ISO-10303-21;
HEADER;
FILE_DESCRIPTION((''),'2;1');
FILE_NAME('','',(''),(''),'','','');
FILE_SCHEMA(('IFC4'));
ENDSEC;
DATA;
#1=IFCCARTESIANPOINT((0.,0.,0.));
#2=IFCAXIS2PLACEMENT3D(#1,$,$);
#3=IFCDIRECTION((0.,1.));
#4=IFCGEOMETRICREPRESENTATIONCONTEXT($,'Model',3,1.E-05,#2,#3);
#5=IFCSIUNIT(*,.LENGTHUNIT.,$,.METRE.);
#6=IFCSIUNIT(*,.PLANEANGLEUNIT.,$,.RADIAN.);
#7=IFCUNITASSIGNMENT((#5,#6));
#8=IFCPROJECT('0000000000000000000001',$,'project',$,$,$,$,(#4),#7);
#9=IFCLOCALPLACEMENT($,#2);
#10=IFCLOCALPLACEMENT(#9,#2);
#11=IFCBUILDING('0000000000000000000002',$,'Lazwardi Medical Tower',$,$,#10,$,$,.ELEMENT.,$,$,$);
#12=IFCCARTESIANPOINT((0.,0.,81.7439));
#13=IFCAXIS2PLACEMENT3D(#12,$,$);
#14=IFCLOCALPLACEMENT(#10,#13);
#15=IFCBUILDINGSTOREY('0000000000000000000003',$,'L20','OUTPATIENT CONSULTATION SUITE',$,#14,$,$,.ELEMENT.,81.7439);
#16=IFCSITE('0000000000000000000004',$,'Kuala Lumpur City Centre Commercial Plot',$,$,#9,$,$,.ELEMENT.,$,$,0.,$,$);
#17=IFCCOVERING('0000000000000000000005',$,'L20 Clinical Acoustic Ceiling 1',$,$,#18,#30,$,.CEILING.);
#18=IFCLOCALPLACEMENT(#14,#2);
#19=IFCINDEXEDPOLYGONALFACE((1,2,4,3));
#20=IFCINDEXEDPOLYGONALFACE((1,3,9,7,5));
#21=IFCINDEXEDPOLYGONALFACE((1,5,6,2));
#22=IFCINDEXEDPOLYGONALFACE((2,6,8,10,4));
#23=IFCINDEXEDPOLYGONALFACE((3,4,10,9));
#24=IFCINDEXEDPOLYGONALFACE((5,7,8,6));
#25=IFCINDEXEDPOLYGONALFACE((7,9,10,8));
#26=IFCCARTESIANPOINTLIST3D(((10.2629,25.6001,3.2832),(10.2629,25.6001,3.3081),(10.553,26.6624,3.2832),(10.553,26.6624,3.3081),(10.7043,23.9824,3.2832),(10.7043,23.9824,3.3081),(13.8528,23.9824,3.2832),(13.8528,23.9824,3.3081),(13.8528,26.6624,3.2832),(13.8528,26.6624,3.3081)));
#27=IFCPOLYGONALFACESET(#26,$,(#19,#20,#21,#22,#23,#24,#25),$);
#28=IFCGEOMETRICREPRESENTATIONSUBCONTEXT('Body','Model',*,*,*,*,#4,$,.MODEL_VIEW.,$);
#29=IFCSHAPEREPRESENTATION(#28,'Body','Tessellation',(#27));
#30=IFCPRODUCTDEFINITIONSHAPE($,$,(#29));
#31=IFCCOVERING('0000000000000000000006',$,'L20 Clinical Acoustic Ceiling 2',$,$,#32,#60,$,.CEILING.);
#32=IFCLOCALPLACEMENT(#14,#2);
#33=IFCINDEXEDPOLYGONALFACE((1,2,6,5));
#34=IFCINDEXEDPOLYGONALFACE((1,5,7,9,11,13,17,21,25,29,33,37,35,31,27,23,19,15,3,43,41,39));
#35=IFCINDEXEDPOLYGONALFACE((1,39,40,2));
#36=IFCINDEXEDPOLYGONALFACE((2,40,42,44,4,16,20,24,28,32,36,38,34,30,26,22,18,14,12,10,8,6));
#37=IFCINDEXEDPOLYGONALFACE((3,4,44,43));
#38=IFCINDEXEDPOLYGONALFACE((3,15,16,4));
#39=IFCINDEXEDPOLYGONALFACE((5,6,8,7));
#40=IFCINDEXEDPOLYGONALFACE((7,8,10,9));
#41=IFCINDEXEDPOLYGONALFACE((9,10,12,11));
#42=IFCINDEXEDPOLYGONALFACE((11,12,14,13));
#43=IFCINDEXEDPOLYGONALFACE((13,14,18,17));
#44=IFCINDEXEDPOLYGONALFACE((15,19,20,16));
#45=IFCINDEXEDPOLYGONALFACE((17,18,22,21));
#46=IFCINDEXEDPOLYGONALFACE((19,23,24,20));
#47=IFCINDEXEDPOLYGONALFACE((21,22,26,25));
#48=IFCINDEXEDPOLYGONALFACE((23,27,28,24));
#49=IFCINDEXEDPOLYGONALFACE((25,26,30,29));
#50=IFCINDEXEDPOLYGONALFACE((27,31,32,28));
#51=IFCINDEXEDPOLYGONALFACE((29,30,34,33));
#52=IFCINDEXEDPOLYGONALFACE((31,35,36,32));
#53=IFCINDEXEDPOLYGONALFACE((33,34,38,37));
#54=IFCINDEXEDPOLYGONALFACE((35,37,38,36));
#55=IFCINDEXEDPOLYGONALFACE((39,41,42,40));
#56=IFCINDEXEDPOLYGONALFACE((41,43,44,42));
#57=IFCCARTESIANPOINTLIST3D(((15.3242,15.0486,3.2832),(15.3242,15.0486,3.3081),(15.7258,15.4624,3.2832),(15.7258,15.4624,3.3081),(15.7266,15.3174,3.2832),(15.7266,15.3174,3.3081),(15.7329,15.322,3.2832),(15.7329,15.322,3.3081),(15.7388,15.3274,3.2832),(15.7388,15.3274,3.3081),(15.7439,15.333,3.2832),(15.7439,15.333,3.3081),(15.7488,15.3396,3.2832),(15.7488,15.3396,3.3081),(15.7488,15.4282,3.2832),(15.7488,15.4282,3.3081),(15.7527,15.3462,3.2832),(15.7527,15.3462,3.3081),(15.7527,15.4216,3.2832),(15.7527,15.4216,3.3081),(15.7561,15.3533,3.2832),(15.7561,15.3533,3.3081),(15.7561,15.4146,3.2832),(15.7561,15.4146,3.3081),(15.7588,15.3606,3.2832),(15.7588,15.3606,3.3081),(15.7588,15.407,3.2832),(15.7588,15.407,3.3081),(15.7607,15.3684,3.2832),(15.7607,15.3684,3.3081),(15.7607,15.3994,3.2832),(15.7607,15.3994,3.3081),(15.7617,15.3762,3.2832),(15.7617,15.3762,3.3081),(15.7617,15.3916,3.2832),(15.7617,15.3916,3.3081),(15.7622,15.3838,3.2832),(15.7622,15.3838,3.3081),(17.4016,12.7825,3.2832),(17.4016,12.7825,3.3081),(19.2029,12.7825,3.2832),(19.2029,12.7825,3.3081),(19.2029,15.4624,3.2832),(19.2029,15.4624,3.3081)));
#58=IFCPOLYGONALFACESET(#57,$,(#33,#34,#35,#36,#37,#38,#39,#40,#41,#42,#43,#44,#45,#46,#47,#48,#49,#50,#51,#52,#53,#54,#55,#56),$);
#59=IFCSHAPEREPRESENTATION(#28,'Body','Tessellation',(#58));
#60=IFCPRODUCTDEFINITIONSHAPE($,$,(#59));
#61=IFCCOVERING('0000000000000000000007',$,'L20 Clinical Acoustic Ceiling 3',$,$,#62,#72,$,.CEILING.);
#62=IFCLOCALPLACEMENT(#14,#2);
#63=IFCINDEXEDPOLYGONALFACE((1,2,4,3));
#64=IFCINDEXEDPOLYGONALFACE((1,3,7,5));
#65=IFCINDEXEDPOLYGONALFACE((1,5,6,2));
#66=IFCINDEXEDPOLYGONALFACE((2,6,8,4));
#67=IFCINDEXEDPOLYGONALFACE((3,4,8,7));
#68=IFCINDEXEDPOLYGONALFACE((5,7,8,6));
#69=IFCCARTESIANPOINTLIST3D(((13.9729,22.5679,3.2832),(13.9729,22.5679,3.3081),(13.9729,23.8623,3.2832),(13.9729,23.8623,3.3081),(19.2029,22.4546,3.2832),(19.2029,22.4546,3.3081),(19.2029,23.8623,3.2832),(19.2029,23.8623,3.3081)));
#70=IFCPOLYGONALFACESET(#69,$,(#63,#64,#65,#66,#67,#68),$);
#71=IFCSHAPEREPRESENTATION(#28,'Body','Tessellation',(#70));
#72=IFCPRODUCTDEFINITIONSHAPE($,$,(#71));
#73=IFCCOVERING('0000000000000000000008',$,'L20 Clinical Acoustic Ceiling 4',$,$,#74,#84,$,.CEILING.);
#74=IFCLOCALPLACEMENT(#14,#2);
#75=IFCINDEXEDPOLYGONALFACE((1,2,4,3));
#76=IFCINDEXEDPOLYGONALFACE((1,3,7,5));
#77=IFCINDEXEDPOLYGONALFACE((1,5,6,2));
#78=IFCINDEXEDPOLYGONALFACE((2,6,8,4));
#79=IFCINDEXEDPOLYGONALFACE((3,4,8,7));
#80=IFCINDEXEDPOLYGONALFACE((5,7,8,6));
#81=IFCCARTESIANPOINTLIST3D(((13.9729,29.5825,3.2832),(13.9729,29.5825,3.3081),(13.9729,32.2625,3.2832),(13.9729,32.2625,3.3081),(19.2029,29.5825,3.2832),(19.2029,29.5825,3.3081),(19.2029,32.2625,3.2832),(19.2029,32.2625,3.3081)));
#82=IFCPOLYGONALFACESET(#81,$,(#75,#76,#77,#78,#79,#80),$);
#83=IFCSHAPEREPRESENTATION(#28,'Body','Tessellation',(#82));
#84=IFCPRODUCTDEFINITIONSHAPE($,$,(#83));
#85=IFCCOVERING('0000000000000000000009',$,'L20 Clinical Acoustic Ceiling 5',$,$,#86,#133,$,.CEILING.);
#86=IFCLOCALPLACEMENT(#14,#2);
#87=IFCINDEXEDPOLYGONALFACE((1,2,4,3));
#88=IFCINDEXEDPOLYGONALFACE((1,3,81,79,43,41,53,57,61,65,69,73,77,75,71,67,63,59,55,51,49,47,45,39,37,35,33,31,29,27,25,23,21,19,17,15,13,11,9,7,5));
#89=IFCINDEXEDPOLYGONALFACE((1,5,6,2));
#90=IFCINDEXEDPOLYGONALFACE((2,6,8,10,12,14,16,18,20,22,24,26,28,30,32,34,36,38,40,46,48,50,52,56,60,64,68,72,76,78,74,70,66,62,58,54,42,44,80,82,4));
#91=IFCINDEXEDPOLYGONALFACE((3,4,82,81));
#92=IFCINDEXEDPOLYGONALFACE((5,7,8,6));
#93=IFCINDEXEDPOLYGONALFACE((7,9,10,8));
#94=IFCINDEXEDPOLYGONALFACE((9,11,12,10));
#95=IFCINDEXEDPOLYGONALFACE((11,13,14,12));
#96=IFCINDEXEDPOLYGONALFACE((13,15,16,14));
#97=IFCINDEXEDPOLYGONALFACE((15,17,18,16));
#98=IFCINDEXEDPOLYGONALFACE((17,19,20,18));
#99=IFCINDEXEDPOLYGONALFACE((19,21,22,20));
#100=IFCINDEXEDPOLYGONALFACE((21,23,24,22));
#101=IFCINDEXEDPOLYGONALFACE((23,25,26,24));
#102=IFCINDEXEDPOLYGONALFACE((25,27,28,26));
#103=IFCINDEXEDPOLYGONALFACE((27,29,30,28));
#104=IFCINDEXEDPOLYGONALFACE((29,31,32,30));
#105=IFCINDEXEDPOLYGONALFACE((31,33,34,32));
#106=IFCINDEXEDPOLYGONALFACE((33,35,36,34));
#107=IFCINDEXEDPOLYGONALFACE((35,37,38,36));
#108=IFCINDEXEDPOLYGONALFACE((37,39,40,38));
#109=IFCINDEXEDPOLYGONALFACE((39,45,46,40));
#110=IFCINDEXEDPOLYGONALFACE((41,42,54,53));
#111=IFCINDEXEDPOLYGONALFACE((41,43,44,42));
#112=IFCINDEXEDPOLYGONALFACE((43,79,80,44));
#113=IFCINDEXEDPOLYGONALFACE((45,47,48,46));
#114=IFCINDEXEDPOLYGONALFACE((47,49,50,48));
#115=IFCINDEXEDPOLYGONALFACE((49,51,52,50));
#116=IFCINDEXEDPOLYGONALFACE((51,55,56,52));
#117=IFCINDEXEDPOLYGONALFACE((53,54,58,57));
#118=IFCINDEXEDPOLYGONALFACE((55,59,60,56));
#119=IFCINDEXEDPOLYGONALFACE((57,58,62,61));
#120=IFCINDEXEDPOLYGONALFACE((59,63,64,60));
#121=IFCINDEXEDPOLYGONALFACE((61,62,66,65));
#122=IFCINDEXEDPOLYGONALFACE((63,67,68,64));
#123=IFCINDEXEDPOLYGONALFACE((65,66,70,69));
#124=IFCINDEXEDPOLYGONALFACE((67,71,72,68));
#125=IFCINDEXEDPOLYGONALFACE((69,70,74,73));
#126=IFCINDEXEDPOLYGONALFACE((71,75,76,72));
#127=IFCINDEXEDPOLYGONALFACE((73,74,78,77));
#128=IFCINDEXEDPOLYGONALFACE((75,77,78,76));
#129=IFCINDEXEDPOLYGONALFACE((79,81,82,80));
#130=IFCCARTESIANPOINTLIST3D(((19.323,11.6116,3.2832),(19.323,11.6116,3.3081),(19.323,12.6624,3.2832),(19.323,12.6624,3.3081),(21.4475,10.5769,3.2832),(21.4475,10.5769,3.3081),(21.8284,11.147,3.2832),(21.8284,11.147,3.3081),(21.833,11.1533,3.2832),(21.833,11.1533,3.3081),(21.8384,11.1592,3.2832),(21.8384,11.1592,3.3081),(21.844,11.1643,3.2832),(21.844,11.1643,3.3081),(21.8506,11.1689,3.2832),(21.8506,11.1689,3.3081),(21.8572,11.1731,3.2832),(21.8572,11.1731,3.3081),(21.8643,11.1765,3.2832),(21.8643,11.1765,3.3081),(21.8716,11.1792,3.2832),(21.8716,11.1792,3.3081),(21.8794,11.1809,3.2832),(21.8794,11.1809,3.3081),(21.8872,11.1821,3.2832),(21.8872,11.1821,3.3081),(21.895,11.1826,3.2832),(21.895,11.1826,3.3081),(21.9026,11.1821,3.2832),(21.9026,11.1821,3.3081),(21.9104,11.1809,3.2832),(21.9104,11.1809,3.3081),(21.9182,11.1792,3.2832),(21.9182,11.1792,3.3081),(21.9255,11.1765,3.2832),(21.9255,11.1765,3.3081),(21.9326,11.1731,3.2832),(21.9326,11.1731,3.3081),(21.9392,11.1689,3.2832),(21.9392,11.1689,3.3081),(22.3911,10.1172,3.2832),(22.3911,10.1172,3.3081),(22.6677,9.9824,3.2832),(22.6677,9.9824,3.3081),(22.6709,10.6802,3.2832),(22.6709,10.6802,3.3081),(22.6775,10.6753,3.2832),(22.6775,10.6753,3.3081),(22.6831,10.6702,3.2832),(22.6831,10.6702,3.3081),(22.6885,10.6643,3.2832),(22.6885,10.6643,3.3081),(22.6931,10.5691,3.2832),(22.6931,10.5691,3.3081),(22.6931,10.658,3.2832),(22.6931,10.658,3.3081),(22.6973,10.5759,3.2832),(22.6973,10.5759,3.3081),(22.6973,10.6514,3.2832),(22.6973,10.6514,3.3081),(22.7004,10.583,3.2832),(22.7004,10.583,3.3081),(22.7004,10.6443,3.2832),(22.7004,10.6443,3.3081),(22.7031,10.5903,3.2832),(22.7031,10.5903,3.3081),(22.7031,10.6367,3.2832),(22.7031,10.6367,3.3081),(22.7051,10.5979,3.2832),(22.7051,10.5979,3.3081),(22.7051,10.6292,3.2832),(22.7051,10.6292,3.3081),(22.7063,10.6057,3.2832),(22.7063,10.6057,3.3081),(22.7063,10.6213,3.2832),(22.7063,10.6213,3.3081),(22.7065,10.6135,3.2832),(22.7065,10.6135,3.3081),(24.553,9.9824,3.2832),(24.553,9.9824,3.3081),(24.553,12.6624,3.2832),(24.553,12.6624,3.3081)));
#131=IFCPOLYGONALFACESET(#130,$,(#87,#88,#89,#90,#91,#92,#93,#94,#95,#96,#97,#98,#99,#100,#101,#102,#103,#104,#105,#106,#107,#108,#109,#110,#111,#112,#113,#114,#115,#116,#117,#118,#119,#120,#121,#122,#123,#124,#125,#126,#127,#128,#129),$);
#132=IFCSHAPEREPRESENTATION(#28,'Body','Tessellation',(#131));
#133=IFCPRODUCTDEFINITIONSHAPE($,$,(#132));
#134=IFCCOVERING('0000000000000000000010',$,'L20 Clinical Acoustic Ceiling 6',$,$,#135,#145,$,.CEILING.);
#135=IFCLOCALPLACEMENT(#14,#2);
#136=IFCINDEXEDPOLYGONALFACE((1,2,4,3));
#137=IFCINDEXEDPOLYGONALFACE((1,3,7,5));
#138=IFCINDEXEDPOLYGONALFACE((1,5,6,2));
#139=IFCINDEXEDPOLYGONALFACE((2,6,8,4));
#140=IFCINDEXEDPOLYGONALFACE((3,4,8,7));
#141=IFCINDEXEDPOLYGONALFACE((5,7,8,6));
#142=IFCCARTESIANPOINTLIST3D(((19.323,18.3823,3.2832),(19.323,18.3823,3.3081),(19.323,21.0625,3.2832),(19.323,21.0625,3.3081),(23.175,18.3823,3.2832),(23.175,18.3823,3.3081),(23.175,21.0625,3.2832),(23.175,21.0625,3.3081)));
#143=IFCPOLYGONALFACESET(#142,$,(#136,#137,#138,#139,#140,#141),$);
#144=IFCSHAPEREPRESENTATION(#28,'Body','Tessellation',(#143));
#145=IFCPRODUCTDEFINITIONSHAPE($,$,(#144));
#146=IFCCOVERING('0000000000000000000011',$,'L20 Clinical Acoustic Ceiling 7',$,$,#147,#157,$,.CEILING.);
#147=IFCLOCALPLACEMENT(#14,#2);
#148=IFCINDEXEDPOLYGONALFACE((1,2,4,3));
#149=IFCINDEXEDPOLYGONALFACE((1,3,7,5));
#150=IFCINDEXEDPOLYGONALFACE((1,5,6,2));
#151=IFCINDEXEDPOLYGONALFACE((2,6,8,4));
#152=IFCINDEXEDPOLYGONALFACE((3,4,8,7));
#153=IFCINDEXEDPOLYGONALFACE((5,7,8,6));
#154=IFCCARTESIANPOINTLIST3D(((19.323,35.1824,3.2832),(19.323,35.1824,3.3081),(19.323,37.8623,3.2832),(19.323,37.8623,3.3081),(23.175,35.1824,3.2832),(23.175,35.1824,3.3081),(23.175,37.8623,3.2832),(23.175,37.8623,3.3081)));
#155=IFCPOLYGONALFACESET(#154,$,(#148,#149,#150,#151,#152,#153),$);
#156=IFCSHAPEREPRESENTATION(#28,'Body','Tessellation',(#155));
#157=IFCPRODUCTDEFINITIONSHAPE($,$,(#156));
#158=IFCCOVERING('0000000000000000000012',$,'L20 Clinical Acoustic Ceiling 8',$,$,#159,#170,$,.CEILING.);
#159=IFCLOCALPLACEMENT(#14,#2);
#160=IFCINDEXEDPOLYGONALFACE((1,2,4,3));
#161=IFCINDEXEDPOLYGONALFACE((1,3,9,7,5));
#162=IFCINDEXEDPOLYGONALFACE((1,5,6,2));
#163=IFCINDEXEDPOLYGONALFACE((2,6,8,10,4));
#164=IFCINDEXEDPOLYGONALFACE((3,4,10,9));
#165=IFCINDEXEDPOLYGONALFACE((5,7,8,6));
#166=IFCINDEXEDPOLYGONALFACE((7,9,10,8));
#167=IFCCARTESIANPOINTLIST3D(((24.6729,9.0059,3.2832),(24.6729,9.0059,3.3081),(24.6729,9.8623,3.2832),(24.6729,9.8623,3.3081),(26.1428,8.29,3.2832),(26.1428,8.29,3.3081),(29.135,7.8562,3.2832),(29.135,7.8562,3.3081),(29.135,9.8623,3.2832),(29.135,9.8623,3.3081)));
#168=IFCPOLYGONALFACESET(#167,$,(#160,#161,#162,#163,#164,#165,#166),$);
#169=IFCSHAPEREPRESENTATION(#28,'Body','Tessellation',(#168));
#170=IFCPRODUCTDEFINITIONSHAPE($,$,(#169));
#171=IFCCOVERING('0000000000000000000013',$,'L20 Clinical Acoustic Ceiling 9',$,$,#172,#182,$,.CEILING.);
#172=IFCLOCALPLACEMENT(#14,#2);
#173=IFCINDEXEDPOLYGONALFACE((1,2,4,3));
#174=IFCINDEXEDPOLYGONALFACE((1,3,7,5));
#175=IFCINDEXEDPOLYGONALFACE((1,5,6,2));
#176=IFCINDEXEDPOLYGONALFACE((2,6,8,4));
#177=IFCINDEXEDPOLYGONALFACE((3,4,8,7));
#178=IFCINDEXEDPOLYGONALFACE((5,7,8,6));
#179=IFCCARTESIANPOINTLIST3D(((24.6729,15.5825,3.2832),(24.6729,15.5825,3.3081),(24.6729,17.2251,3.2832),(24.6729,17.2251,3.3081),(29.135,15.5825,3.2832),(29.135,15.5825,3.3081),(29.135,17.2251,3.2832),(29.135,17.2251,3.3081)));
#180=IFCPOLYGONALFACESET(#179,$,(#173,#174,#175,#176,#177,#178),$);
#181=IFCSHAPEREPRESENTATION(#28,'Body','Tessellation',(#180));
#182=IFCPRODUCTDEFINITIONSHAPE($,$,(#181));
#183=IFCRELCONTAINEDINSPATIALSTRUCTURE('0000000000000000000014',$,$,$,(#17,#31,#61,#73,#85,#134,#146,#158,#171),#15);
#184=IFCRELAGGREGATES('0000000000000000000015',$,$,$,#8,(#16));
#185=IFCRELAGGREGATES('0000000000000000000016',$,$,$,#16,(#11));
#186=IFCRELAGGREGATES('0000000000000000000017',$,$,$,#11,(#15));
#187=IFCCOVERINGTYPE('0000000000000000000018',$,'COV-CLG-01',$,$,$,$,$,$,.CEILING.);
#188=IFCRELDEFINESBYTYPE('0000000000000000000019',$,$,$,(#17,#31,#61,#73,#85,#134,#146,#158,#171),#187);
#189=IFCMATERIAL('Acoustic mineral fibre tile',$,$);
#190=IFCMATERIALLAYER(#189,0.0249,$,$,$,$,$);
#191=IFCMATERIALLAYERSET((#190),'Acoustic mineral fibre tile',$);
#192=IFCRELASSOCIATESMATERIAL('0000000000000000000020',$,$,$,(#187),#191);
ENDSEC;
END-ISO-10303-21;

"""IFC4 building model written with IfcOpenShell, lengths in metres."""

from ifc_helpers import new_model, si_unit, direction, frame, origin, place, context, subcontext, project, spatial, polyline, outline, extrude, material, layer, layer_set, type_object, element, save


model = new_model("IFC4")

# Units and contexts
model_context = context("Model", 3, precision=1e-05, world=origin(), true_north=direction((0.0, 1.0)))
body_context = subcontext(model_context, "Body", "Model", "MODEL_VIEW")
ifc_project = project(units=[si_unit("LENGTHUNIT", "METRE"), si_unit("PLANEANGLEUNIT", "RADIAN")], contexts=[model_context])

# Site, building, storey
site_placement = place(None, origin())
site = spatial("IfcSite", under=ifc_project, at=site_placement, Name="Kuala Lumpur City Centre Commercial Plot", CompositionType="ELEMENT", RefElevation=0.0)
building_placement = place(site_placement, origin())
building = spatial("IfcBuilding", under=site, at=building_placement, Name="Lazwardi Medical Tower", CompositionType="ELEMENT")
storey_placement = place(building_placement, frame((0.0, 0.0, 81.7439)))
storey = spatial("IfcBuildingStorey", under=building, at=storey_placement, Name="L20", Description="OUTPATIENT CONSULTATION SUITE", CompositionType="ELEMENT", Elevation=81.7439)

# Coverings
ifc_material_1 = material(Name="Acoustic mineral fibre tile")
ifc_layer_1 = layer(ifc_material_1, 0.0249)
ifc_layer_set_1 = layer_set([ifc_layer_1], Name="Acoustic mineral fibre tile")
covering_type_1 = type_object("IfcCoveringType", Name="COV-CLG-01", PredefinedType="CEILING", material=ifc_layer_set_1)
covering_1_placement = place(storey_placement, frame((0.0, 0.0, 3.2832)))
element("IfcCovering", 1, at=covering_1_placement, inside=storey, type_object=covering_type_1, Name="L20 Clinical Acoustic Ceiling 1", PredefinedType="CEILING", context=body_context, shape_type="SweptSolid", body=[
    extrude(outline(polyline([(10.553, 26.6624), (10.2629, 25.6001), (10.7043, 23.9824), (13.8528, 23.9824), (13.8528, 26.6624), (10.553, 26.6624)])), origin(), (0.0, 0.0, 1.0), 0.0249),
])
covering_2_placement = place(storey_placement, frame((0.0, 0.0, 3.2832)))
element("IfcCovering", 2, at=covering_2_placement, inside=storey, type_object=covering_type_1, Name="L20 Clinical Acoustic Ceiling 2", PredefinedType="CEILING", context=body_context, shape_type="SweptSolid", body=[
    extrude(outline(polyline([(15.7258, 15.4624), (15.7488, 15.4282), (15.7527, 15.4216), (15.7561, 15.4146), (15.7588, 15.407), (15.7607, 15.3994), (15.7617, 15.3916), (15.7622, 15.3838), (15.7617, 15.3762), (15.7607, 15.3684), (15.7588, 15.3606), (15.7561, 15.3533), (15.7527, 15.3462), (15.7488, 15.3396), (15.7439, 15.333), (15.7388, 15.3274), (15.7329, 15.322), (15.7266, 15.3174), (15.3242, 15.0486), (17.4016, 12.7825), (19.2029, 12.7825), (19.2029, 15.4624), (15.7258, 15.4624)])), origin(), (0.0, 0.0, 1.0), 0.0249),
])
covering_3_placement = place(storey_placement, frame((0.0, 0.0, 3.2832)))
element("IfcCovering", 3, at=covering_3_placement, inside=storey, type_object=covering_type_1, Name="L20 Clinical Acoustic Ceiling 3", PredefinedType="CEILING", context=body_context, shape_type="SweptSolid", body=[
    extrude(outline(polyline([(13.9729, 22.5679), (19.2029, 22.4546), (19.2029, 23.8623), (13.9729, 23.8623), (13.9729, 22.5679)])), origin(), (0.0, 0.0, 1.0), 0.0249),
])
covering_4_placement = place(storey_placement, frame((0.0, 0.0, 3.2832)))
element("IfcCovering", 4, at=covering_4_placement, inside=storey, type_object=covering_type_1, Name="L20 Clinical Acoustic Ceiling 4", PredefinedType="CEILING", context=body_context, shape_type="SweptSolid", body=[
    extrude(outline(polyline([(19.2029, 29.5825), (19.2029, 32.2625), (13.9729, 32.2625), (13.9729, 29.5825), (19.2029, 29.5825)])), origin(), (0.0, 0.0, 1.0), 0.0249),
])
covering_5_placement = place(storey_placement, frame((0.0, 0.0, 3.2832)))
element("IfcCovering", 5, at=covering_5_placement, inside=storey, type_object=covering_type_1, Name="L20 Clinical Acoustic Ceiling 5", PredefinedType="CEILING", context=body_context, shape_type="SweptSolid", body=[
    extrude(outline(polyline([(19.323, 11.6116), (21.4475, 10.5769), (21.8284, 11.147), (21.833, 11.1533), (21.8384, 11.1592), (21.844, 11.1643), (21.8506, 11.1689), (21.8572, 11.1731), (21.8643, 11.1765), (21.8716, 11.1792), (21.8794, 11.1809), (21.8872, 11.1821), (21.895, 11.1826), (21.9026, 11.1821), (21.9104, 11.1809), (21.9182, 11.1792), (21.9255, 11.1765), (21.9326, 11.1731), (21.9392, 11.1689), (22.6709, 10.6802), (22.6775, 10.6753), (22.6831, 10.6702), (22.6885, 10.6643), (22.6931, 10.658), (22.6973, 10.6514), (22.7004, 10.6443), (22.7031, 10.6367), (22.7051, 10.6292), (22.7063, 10.6213), (22.7065, 10.6135), (22.7063, 10.6057), (22.7051, 10.5979), (22.7031, 10.5903), (22.7004, 10.583), (22.6973, 10.5759), (22.6931, 10.5691), (22.3911, 10.1172), (22.6677, 9.9824), (24.553, 9.9824), (24.553, 12.6624), (19.323, 12.6624), (19.323, 11.6116)])), origin(), (0.0, 0.0, 1.0), 0.0249),
])
covering_6_placement = place(storey_placement, frame((0.0, 0.0, 3.2832)))
element("IfcCovering", 6, at=covering_6_placement, inside=storey, type_object=covering_type_1, Name="L20 Clinical Acoustic Ceiling 6", PredefinedType="CEILING", context=body_context, shape_type="SweptSolid", body=[
    extrude(outline(polyline([(23.175, 18.3823), (23.175, 21.0625), (19.323, 21.0625), (19.323, 18.3823), (23.175, 18.3823)])), origin(), (0.0, 0.0, 1.0), 0.0249),
])
covering_7_placement = place(storey_placement, frame((0.0, 0.0, 3.2832)))
element("IfcCovering", 7, at=covering_7_placement, inside=storey, type_object=covering_type_1, Name="L20 Clinical Acoustic Ceiling 7", PredefinedType="CEILING", context=body_context, shape_type="SweptSolid", body=[
    extrude(outline(polyline([(23.175, 35.1824), (23.175, 37.8623), (19.323, 37.8623), (19.323, 35.1824), (23.175, 35.1824)])), origin(), (0.0, 0.0, 1.0), 0.0249),
])
covering_8_placement = place(storey_placement, frame((0.0, 0.0, 3.2832)))
element("IfcCovering", 8, at=covering_8_placement, inside=storey, type_object=covering_type_1, Name="L20 Clinical Acoustic Ceiling 8", PredefinedType="CEILING", context=body_context, shape_type="SweptSolid", body=[
    extrude(outline(polyline([(24.6729, 9.0059), (26.1428, 8.29), (29.135, 7.8562), (29.135, 9.8623), (24.6729, 9.8623), (24.6729, 9.0059)])), origin(), (0.0, 0.0, 1.0), 0.0249),
])
covering_9_placement = place(storey_placement, frame((0.0, 0.0, 3.2832)))
element("IfcCovering", 9, at=covering_9_placement, inside=storey, type_object=covering_type_1, Name="L20 Clinical Acoustic Ceiling 9", PredefinedType="CEILING", context=body_context, shape_type="SweptSolid", body=[
    extrude(outline(polyline([(29.135, 15.5825), (29.135, 17.2251), (24.6729, 17.2251), (24.6729, 15.5825), (29.135, 15.5825)])), origin(), (0.0, 0.0, 1.0), 0.0249),
])

save(model, "model.ifc")
